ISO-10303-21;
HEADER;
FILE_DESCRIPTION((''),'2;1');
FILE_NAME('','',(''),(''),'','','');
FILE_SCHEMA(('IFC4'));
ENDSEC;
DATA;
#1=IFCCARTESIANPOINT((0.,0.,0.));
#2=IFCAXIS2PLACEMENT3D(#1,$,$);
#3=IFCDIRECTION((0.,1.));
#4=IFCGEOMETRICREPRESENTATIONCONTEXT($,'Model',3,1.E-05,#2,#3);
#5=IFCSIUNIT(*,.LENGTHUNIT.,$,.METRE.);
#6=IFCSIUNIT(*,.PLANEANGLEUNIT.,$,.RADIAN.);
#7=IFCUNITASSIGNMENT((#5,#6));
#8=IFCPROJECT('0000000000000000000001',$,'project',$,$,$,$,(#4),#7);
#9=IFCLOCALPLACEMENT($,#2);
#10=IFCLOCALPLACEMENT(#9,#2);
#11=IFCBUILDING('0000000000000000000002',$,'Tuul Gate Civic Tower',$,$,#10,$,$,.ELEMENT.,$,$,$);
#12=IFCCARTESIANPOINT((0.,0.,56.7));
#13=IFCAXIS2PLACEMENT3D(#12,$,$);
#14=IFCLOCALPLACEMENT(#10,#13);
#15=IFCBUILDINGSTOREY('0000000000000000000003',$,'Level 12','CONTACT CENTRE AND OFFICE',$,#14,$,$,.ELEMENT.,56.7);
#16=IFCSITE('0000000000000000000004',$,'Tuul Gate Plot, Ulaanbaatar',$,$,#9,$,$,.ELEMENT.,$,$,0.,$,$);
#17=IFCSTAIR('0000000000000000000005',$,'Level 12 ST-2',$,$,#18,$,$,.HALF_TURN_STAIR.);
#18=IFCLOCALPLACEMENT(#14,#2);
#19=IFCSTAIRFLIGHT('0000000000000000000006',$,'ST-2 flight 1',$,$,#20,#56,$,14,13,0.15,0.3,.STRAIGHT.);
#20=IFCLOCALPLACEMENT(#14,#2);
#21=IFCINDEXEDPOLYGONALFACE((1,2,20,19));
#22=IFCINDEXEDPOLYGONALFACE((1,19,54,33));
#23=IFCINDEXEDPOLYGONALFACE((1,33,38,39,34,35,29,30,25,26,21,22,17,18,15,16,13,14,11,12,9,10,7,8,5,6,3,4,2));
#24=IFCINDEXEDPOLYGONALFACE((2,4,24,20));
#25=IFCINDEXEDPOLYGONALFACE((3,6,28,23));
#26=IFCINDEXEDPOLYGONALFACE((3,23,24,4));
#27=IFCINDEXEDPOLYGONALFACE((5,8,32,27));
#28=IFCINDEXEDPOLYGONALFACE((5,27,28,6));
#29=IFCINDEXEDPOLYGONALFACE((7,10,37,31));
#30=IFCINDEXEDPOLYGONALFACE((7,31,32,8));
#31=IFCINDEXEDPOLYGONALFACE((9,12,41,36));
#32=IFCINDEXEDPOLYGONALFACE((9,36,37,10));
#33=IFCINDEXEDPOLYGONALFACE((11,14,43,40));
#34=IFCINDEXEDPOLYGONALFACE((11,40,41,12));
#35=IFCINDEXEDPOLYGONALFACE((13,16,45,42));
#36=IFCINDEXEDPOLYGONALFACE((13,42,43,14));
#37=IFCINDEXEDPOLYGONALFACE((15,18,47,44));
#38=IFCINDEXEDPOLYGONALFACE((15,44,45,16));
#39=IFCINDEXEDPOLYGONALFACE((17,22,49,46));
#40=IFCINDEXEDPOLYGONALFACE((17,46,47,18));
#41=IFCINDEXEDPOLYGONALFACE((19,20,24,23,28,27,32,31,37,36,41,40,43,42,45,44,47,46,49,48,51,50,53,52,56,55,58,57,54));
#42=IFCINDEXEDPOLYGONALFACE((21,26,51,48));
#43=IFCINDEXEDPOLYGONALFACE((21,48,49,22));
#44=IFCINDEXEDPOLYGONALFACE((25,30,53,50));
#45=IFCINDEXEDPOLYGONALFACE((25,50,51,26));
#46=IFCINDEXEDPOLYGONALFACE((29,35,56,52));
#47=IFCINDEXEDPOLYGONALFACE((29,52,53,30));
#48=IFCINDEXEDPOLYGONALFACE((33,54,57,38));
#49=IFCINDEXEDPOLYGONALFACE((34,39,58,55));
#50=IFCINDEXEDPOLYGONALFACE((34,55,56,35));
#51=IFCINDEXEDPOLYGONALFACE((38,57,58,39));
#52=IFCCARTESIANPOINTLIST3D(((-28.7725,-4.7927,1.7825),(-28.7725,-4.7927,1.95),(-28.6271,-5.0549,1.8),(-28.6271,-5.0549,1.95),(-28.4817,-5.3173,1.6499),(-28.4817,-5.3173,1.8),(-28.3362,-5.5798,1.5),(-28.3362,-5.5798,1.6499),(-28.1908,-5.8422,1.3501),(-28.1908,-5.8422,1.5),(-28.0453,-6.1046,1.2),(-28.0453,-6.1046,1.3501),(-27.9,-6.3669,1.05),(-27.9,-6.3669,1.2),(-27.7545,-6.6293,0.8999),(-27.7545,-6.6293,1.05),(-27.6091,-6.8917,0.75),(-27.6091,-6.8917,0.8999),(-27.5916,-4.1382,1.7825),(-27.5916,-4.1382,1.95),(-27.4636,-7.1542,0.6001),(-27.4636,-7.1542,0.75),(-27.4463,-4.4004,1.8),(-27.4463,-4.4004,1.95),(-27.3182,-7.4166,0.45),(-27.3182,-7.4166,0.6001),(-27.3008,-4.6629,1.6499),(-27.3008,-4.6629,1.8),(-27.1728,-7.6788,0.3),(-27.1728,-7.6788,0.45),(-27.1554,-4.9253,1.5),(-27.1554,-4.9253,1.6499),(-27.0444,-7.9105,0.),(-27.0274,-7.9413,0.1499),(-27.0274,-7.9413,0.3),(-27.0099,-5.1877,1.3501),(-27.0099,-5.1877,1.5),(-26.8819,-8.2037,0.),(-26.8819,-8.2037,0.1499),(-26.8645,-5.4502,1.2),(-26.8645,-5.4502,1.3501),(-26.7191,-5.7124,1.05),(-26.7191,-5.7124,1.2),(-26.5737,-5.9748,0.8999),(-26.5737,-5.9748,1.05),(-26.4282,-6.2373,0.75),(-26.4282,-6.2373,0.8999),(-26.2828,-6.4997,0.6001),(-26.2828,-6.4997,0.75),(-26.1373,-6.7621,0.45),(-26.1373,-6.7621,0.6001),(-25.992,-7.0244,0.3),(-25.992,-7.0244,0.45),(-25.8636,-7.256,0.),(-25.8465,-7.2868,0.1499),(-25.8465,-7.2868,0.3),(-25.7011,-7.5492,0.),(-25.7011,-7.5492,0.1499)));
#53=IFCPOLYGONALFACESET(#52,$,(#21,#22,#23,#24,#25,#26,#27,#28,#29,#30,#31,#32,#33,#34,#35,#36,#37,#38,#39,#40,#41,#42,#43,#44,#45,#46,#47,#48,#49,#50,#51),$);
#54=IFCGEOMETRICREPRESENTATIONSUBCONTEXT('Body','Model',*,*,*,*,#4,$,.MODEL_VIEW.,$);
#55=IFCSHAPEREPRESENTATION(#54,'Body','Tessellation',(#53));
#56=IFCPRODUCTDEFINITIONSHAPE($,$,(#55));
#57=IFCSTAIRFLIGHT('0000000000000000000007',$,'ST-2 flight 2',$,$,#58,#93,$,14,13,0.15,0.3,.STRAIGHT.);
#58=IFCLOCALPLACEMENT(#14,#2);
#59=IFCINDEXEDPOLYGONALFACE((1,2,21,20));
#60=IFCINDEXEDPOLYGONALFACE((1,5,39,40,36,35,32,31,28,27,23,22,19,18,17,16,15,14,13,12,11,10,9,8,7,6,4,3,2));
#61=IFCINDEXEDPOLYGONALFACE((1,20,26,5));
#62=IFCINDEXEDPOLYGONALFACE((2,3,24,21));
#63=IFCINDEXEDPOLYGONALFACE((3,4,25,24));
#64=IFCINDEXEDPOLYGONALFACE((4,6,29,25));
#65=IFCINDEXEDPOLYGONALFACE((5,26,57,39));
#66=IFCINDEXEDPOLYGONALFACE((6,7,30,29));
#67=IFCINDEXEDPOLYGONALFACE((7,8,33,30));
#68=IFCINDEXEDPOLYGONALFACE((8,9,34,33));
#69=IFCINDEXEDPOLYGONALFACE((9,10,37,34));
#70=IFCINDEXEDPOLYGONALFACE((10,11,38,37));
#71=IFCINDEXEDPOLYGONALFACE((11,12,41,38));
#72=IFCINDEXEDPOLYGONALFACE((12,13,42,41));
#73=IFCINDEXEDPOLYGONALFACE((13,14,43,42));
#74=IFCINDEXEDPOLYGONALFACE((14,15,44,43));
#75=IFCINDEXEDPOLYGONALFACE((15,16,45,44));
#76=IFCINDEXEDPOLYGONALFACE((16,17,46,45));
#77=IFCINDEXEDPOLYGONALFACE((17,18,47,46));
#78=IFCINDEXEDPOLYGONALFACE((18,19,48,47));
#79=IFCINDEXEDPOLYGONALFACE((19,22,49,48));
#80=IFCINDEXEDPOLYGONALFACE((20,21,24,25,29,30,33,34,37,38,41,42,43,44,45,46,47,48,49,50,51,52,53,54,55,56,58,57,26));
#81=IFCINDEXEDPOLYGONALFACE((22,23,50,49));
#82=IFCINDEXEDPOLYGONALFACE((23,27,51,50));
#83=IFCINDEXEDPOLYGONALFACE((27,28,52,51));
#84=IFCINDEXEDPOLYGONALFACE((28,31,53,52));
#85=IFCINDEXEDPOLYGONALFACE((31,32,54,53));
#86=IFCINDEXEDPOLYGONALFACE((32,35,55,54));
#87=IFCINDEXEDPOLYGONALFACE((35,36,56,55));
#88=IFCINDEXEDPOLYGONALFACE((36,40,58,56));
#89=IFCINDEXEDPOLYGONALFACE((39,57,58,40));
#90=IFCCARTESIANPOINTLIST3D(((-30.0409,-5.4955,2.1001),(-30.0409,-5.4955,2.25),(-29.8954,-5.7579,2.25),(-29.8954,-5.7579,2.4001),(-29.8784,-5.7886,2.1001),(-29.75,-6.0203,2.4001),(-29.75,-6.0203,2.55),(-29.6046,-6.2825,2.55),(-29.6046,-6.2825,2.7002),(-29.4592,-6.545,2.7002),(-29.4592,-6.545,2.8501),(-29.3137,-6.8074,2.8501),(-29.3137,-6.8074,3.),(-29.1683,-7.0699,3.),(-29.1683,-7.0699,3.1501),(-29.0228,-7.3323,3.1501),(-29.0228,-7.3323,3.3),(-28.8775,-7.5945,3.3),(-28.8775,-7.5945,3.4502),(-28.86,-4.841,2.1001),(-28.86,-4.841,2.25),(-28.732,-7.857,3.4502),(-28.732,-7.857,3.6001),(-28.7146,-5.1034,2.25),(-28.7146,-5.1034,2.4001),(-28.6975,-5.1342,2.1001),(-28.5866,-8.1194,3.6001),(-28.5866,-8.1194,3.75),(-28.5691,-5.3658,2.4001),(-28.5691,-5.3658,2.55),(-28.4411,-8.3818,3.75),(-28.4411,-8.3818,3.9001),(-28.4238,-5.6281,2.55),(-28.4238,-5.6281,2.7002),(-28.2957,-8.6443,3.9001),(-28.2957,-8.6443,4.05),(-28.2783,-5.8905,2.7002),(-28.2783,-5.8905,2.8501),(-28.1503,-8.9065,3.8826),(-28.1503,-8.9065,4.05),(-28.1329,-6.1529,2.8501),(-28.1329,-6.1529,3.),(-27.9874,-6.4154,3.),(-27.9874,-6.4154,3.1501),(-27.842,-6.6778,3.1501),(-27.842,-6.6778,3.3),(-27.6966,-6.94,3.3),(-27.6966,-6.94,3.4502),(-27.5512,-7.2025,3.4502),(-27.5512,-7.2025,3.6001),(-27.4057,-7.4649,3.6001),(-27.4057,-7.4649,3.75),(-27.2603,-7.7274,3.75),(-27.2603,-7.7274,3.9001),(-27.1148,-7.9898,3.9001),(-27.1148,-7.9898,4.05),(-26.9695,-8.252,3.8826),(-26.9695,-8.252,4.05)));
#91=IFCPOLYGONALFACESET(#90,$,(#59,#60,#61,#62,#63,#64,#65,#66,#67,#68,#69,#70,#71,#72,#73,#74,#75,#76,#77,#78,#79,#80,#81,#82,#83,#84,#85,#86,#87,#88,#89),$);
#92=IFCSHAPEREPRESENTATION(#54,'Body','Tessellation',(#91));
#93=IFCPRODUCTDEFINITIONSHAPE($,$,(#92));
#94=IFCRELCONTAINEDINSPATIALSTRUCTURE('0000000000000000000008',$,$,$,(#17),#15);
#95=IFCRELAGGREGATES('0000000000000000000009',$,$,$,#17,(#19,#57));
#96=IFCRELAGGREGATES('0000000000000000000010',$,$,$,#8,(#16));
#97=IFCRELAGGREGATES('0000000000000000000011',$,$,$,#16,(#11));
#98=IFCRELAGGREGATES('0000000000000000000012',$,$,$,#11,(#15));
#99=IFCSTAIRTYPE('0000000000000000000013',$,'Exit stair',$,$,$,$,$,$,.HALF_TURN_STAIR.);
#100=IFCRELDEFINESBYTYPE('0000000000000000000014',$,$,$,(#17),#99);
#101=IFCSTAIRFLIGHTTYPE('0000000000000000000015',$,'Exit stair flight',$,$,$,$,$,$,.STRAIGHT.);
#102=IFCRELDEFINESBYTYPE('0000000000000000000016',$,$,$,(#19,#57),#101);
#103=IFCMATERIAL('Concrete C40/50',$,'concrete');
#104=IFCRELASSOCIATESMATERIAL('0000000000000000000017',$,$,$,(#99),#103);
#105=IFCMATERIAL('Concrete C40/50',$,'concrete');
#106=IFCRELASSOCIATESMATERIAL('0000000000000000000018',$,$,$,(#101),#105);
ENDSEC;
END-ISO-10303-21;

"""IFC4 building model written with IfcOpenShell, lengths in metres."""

from ifc_helpers import new_model, si_unit, direction, frame, origin, place, context, subcontext, project, spatial, polyline, outline, extrude, material, type_object, element, aggregate, save


model = new_model("IFC4")

# Units and contexts
model_context = context("Model", 3, precision=1e-05, world=origin(), true_north=direction((0.0, 1.0)))
body_context = subcontext(model_context, "Body", "Model", "MODEL_VIEW")
ifc_project = project(units=[si_unit("LENGTHUNIT", "METRE"), si_unit("PLANEANGLEUNIT", "RADIAN")], contexts=[model_context])

# Site, building, storey
site_placement = place(None, origin())
site = spatial("IfcSite", under=ifc_project, at=site_placement, Name="Tuul Gate Plot, Ulaanbaatar", CompositionType="ELEMENT", RefElevation=0.0)
building_placement = place(site_placement, origin())
building = spatial("IfcBuilding", under=site, at=building_placement, Name="Tuul Gate Civic Tower", CompositionType="ELEMENT")
storey_placement = place(building_placement, frame((0.0, 0.0, 56.7)))
storey = spatial("IfcBuildingStorey", under=building, at=storey_placement, Name="Level 12", Description="CONTACT CENTRE AND OFFICE", CompositionType="ELEMENT", Elevation=56.7)

# Stair, stair flights
ifc_material_1 = material(Name="Concrete C40/50", Category="concrete")
stair_type = type_object("IfcStairType", Name="Exit stair", PredefinedType="HALF_TURN_STAIR", material=ifc_material_1)
stair_placement = place(storey_placement, origin())
stair = element("IfcStair", 1, at=stair_placement, inside=storey, type_object=stair_type, Name="Level 12 ST-2", PredefinedType="HALF_TURN_STAIR")
ifc_material_2 = material(Name="Concrete C40/50", Category="concrete")
stair_flight_type = type_object("IfcStairFlightType", Name="Exit stair flight", PredefinedType="STRAIGHT", material=ifc_material_2)
stair_flight_1_placement = place(storey_placement, frame((-26.2915, -7.8765, 0.0), z_axis=(0.0, 0.0, 1.0), x_axis=(-0.484762, 0.874646, 0.0)))
stair_flight_1 = element("IfcStairFlight", 2, at=stair_flight_1_placement, type_object=stair_flight_type, Name="ST-2 flight 1", NumberOfRisers=14, NumberOfTreads=13, PredefinedType="STRAIGHT", RiserHeight=0.15, TreadLength=0.3, context=body_context, shape_type="SweptSolid", body=[
    extrude(outline(polyline([(0.0, 0.0), (0.0, 0.1499), (0.3, 0.1499), (0.3, 0.3), (0.6001, 0.3), (0.6001, 0.45), (0.8999, 0.45), (0.8999, 0.6001), (1.2, 0.6001), (1.2, 0.75), (1.5, 0.75), (1.5, 0.8999), (1.8, 0.8999), (1.8, 1.05), (2.1001, 1.05), (2.1001, 1.2), (2.3999, 1.2), (2.3999, 1.3501), (2.7, 1.3501), (2.7, 1.5), (3.0, 1.5), (3.0, 1.6499), (3.3, 1.6499), (3.3, 1.8), (3.6001, 1.8), (3.6001, 1.95), (3.8999, 1.95), (3.8999, 2.1001), (3.8999, 1.7825), (0.3352, 0.0), (0.0, 0.0)])), frame((0.0, 0.675, 0.0), z_axis=(0.0, -1.0, 0.0), x_axis=(1.0, 0.0, 0.0)), (0.0, 0.0, 1.0), 1.3501),
])
stair_flight_2_placement = place(storey_placement, frame((-29.4504, -5.1682, 2.1001), z_axis=(0.0, 0.0, 1.0), x_axis=(0.484762, -0.874646, 0.0)))
stair_flight_2 = element("IfcStairFlight", 3, at=stair_flight_2_placement, type_object=stair_flight_type, Name="ST-2 flight 2", NumberOfRisers=14, NumberOfTreads=13, PredefinedType="STRAIGHT", RiserHeight=0.15, TreadLength=0.3, context=body_context, shape_type="SweptSolid", body=[
    extrude(outline(polyline([(0.0, 0.0), (0.0, 0.1499), (0.3, 0.1499), (0.3, 0.3), (0.6001, 0.3), (0.6001, 0.45), (0.8999, 0.45), (0.8999, 0.6001), (1.2, 0.6001), (1.2, 0.75), (1.5, 0.75), (1.5, 0.8999), (1.8, 0.8999), (1.8, 1.05), (2.1001, 1.05), (2.1001, 1.2), (2.3999, 1.2), (2.3999, 1.3501), (2.7, 1.3501), (2.7, 1.5), (3.0, 1.5), (3.0, 1.6499), (3.3, 1.6499), (3.3, 1.8), (3.6001, 1.8), (3.6001, 1.95), (3.8999, 1.95), (3.8999, 2.1001), (3.8999, 1.7825), (0.3352, 0.0), (0.0, 0.0)])), frame((0.0, 0.675, 0.0), z_axis=(0.0, -1.0, 0.0), x_axis=(1.0, 0.0, 0.0)), (0.0, 0.0, 1.0), 1.3501),
])
aggregate(stair, [stair_flight_1, stair_flight_2])

save(model, "model.ifc")
